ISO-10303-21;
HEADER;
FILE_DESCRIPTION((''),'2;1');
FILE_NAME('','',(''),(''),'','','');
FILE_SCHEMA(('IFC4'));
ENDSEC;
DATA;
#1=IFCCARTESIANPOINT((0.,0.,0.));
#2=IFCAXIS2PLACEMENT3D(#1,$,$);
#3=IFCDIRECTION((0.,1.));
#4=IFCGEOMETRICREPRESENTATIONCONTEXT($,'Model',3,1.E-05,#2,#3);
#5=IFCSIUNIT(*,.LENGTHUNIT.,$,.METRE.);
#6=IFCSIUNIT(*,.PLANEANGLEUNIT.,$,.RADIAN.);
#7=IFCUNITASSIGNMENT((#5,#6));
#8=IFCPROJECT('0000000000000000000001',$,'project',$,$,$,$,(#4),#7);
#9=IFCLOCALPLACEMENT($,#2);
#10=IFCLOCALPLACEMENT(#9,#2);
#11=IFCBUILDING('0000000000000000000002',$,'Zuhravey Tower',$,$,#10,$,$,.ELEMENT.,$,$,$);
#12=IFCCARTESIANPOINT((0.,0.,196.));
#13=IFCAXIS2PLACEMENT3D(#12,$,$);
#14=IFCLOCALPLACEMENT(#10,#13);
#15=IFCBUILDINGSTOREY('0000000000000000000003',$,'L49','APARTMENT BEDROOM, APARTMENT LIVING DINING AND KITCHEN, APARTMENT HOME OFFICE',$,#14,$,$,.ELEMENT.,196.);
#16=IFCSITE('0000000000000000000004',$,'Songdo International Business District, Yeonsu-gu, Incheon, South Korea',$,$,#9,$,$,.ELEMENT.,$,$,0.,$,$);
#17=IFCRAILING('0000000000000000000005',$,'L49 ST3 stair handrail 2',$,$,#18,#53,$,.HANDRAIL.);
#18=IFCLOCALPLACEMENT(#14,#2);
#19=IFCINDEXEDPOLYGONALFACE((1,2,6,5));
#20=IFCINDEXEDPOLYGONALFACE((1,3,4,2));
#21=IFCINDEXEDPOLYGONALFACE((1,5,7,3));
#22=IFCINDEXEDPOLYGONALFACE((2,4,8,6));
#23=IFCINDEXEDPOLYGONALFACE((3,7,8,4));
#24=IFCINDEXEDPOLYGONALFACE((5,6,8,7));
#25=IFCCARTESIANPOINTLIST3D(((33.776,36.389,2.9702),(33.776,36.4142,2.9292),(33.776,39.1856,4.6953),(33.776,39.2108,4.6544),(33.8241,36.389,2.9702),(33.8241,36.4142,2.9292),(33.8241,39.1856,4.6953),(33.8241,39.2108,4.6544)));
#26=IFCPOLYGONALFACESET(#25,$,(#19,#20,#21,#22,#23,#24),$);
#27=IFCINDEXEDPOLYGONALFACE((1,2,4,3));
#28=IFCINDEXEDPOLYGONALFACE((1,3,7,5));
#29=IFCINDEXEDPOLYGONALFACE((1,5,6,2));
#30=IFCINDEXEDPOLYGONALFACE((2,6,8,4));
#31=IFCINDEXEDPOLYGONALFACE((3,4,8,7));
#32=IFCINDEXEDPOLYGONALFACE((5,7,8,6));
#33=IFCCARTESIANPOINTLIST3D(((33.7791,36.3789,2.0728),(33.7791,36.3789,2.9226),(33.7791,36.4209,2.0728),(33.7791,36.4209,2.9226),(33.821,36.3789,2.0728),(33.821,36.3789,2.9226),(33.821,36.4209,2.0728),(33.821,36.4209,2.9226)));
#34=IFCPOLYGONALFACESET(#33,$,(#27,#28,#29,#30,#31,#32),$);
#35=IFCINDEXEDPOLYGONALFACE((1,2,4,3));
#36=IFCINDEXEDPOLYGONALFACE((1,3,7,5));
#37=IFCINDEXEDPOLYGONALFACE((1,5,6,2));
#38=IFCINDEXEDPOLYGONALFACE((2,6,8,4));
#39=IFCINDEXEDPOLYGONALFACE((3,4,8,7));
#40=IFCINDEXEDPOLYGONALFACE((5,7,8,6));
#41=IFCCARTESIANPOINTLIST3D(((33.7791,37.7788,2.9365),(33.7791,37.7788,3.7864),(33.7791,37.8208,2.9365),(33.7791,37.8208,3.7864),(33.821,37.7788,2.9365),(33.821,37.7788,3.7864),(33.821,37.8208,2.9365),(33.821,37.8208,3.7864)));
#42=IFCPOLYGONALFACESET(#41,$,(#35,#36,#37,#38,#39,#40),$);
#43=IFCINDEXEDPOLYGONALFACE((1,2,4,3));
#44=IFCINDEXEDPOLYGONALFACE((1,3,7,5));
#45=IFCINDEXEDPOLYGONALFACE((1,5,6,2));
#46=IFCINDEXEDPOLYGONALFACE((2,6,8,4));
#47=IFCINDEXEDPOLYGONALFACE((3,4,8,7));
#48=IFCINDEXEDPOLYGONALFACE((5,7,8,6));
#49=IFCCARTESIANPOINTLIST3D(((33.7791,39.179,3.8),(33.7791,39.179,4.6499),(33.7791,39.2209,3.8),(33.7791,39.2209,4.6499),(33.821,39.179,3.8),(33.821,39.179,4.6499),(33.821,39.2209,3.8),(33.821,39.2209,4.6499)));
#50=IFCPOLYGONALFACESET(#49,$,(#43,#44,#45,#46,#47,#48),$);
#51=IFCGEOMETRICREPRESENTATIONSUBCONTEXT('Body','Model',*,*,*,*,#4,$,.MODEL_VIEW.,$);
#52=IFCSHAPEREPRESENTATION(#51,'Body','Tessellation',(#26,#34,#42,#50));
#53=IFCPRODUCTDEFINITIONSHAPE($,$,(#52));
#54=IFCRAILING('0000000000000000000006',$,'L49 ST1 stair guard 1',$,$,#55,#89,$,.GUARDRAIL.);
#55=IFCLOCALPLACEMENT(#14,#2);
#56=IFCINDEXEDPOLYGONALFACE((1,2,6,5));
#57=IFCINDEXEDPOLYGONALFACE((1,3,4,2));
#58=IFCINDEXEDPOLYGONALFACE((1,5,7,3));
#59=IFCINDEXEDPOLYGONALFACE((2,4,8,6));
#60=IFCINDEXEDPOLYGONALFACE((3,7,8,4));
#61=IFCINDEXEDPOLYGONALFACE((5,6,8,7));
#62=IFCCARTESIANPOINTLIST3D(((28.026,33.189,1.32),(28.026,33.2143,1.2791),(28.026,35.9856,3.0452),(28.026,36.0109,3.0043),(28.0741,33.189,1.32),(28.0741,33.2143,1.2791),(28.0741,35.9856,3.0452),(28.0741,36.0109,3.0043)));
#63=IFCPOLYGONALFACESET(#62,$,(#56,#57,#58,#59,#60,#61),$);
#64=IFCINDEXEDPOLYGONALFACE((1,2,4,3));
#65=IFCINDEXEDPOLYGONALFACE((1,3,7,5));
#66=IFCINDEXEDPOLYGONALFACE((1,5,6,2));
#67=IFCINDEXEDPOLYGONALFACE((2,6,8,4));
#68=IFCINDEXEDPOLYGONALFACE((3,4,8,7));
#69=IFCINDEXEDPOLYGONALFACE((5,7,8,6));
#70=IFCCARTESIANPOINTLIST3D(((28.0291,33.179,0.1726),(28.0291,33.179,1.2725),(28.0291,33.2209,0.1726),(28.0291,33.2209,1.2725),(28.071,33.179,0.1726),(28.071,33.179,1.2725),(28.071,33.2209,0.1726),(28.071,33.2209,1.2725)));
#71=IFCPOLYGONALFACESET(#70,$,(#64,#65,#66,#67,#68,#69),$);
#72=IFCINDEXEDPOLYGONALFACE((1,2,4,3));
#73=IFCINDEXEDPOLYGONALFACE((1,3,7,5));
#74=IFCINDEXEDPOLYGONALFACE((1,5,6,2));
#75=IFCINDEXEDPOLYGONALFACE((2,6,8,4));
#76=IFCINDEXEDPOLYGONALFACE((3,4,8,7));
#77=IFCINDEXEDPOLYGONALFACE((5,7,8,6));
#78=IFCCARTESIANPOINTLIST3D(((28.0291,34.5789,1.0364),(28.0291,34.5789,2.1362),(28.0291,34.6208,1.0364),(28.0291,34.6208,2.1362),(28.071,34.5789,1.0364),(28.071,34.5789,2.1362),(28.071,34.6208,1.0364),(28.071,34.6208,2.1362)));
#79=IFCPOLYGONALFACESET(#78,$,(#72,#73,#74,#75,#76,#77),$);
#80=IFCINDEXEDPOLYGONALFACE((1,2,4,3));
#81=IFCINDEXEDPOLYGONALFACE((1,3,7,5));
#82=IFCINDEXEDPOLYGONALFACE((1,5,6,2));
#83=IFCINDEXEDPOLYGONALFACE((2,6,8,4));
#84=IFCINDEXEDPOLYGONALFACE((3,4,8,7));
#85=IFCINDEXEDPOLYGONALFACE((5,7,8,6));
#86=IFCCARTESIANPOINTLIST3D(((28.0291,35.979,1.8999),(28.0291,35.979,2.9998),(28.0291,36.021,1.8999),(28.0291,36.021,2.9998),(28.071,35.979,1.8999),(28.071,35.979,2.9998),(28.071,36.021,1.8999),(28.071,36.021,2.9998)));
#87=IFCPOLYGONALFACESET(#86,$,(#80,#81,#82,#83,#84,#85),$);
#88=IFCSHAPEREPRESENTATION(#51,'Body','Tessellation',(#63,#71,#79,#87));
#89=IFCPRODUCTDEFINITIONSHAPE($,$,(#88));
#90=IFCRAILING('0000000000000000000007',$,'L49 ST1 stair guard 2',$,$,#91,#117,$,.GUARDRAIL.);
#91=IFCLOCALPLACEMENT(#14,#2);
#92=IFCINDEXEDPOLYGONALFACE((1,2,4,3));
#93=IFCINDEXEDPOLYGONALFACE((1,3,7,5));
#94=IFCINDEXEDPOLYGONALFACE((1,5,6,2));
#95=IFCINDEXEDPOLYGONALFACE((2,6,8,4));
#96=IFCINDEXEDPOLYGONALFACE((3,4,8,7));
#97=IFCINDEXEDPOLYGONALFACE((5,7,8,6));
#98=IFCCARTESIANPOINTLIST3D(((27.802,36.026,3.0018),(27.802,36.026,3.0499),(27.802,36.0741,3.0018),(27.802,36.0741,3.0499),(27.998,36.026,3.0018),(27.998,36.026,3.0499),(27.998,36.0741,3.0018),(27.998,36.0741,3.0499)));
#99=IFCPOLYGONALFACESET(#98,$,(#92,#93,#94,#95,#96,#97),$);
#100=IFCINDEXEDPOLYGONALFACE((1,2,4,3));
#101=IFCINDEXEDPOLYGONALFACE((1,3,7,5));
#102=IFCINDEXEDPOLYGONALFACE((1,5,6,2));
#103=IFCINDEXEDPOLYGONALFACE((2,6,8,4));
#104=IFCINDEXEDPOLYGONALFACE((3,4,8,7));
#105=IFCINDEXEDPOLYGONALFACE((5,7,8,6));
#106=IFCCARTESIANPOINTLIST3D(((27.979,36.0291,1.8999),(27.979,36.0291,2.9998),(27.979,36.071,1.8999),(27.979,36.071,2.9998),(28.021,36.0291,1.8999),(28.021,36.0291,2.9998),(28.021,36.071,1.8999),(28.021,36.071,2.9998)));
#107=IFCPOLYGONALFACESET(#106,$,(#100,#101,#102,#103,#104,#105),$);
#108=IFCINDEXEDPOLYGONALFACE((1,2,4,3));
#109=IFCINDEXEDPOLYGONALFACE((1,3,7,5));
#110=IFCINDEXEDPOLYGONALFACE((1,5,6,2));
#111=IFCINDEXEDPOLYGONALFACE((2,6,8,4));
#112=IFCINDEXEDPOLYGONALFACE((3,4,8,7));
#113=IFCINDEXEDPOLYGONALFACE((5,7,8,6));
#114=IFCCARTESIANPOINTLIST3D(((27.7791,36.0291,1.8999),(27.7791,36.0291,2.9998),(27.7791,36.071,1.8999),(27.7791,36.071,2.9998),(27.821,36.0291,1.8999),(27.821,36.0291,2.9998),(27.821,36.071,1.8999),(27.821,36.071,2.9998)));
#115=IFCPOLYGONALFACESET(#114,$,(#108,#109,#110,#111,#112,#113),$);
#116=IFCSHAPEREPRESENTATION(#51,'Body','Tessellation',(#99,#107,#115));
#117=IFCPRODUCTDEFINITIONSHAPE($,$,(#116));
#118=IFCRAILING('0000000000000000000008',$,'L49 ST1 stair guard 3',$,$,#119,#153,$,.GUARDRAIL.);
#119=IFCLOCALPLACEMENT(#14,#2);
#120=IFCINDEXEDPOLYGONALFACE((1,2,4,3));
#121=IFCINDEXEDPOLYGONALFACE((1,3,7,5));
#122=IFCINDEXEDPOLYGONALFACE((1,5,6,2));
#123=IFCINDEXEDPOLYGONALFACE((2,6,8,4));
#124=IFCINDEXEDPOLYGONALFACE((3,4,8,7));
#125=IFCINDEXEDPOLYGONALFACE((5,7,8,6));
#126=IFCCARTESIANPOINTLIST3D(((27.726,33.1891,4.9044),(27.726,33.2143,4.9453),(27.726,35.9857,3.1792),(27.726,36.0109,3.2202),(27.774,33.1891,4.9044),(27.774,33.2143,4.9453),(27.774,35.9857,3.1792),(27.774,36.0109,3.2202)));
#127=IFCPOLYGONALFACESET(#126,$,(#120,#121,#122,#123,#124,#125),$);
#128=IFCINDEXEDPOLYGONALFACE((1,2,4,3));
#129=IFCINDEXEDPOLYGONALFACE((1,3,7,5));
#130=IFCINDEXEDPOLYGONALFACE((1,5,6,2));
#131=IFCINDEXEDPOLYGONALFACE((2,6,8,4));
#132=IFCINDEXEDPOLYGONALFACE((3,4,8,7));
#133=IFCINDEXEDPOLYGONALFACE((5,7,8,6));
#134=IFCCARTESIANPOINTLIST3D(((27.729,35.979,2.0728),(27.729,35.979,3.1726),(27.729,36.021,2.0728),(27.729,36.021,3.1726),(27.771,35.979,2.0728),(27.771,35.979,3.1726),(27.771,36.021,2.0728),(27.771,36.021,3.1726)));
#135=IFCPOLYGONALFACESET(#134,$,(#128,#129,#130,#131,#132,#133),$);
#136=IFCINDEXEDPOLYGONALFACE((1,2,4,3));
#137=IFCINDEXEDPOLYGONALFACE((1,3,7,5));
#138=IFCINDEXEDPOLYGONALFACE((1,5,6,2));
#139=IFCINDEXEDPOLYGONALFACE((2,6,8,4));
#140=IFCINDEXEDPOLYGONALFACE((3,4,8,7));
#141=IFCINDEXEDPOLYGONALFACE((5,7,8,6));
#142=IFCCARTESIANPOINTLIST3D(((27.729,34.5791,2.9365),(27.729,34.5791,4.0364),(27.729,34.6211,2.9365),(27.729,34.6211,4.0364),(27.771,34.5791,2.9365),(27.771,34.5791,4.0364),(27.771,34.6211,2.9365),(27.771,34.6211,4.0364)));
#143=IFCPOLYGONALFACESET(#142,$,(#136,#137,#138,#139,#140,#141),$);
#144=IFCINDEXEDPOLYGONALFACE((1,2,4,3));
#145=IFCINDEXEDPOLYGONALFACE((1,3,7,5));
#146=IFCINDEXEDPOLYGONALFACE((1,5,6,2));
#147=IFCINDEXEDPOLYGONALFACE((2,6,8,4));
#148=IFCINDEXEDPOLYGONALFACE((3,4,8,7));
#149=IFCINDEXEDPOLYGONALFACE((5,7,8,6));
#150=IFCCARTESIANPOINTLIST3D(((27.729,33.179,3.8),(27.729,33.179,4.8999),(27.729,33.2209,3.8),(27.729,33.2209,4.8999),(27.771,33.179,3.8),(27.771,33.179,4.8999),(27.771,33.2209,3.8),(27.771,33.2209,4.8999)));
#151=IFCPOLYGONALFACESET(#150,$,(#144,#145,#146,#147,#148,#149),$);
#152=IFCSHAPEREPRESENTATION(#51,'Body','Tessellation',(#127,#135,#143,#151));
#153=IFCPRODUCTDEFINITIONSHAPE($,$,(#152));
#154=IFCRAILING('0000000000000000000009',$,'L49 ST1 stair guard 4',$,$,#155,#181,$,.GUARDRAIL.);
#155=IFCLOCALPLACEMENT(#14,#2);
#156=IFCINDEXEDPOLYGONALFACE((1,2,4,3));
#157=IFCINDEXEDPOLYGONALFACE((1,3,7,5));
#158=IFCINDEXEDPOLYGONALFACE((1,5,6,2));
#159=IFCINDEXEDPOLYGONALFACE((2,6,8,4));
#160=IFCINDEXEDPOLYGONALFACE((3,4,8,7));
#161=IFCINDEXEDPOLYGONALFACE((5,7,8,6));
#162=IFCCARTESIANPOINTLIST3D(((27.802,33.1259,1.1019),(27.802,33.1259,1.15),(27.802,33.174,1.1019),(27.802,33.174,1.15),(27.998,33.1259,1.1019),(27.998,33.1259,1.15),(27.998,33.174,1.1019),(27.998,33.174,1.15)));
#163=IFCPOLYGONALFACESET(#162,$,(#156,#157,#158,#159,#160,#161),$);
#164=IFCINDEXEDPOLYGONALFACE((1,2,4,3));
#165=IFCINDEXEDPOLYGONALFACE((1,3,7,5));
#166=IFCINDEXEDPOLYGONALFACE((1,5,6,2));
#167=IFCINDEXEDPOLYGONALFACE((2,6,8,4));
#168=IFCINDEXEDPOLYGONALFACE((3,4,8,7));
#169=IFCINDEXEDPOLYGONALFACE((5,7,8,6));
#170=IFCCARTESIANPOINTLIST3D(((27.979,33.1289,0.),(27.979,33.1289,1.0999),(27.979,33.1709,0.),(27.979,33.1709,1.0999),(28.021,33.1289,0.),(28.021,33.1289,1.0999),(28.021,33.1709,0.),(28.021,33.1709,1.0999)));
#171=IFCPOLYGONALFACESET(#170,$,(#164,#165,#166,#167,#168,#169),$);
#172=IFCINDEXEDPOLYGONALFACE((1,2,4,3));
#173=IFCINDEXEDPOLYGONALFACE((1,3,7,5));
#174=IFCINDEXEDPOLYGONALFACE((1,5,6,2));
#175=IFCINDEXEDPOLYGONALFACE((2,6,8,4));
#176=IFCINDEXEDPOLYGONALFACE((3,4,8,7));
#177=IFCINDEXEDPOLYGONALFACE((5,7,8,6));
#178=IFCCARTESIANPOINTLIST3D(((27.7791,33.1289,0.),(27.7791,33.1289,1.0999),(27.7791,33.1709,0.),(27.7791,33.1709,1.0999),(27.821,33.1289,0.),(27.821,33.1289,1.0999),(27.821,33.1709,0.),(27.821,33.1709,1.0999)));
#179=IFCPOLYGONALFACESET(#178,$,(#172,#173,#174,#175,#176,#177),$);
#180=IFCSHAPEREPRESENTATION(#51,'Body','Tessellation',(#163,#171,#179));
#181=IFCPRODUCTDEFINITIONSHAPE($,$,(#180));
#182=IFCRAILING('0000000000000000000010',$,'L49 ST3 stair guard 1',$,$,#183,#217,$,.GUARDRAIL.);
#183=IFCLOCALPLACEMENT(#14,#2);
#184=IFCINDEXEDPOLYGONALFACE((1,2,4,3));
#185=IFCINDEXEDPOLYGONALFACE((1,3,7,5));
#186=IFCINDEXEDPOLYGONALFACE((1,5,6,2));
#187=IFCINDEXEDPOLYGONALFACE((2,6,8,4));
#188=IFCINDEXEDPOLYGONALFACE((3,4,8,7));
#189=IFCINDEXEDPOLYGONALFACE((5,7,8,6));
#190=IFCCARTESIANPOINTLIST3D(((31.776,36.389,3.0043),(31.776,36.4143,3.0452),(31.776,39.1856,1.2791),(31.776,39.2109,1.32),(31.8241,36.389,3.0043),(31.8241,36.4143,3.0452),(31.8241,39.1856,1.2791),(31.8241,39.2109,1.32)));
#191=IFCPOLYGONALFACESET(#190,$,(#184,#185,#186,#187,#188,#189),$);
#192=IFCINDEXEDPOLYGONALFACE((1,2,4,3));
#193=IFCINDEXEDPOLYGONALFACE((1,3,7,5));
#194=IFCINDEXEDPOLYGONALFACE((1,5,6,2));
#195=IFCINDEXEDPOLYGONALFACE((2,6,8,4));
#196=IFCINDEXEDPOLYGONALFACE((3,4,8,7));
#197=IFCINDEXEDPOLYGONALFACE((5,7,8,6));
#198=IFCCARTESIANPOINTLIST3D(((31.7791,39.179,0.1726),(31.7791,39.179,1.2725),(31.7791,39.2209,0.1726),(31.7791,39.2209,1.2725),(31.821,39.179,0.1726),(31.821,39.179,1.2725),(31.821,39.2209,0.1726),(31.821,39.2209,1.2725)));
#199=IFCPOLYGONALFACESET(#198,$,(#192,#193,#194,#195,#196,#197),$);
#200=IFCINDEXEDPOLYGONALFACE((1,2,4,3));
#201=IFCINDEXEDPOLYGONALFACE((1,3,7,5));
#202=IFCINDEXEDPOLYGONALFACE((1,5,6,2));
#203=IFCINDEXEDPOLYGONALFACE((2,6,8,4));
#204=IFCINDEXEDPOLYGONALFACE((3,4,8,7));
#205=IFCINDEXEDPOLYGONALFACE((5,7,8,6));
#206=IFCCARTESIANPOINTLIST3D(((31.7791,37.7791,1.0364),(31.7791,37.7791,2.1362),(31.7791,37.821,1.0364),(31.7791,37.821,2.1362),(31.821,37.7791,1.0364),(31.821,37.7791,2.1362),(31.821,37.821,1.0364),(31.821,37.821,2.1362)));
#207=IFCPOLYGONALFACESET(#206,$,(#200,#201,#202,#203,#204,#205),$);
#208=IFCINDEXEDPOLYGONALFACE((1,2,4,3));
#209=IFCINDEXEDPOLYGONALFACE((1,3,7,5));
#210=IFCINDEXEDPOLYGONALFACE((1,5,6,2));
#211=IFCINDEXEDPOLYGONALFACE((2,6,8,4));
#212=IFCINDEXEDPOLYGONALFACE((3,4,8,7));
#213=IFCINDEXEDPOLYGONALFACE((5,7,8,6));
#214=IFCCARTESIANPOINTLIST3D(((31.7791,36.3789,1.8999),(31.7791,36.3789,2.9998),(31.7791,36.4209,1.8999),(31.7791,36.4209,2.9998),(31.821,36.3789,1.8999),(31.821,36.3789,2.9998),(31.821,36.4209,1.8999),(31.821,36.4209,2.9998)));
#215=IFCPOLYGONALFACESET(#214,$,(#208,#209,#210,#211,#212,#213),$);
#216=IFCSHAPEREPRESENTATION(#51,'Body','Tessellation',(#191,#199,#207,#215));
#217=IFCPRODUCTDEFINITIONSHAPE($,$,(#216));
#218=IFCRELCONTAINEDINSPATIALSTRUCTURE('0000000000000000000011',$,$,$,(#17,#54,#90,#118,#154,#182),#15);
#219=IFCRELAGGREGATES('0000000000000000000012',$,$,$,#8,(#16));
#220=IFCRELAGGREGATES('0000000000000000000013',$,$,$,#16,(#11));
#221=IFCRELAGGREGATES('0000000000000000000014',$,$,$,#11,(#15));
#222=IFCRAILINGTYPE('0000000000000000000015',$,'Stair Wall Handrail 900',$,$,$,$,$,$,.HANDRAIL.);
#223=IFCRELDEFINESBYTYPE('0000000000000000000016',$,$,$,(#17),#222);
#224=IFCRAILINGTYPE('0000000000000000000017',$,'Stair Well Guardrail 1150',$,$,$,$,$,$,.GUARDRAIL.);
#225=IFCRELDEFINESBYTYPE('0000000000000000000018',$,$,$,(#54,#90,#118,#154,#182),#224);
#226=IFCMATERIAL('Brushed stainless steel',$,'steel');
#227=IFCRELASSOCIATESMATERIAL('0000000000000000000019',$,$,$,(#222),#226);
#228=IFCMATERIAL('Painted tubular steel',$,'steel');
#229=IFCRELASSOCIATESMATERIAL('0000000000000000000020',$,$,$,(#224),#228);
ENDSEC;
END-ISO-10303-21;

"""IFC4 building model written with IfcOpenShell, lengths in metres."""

from ifc_helpers import new_model, si_unit, direction, frame, origin, origin_2d, place, context, subcontext, project, spatial, rectangle, extrude, material, type_object, element, save


model = new_model("IFC4")

# Units and contexts
model_context = context("Model", 3, precision=1e-05, world=origin(), true_north=direction((0.0, 1.0)))
body_context = subcontext(model_context, "Body", "Model", "MODEL_VIEW")
ifc_project = project(units=[si_unit("LENGTHUNIT", "METRE"), si_unit("PLANEANGLEUNIT", "RADIAN")], contexts=[model_context])

# Site, building, storey
site_placement = place(None, origin())
site = spatial("IfcSite", under=ifc_project, at=site_placement, Name="Songdo International Business District, Yeonsu-gu, Incheon, South Korea", CompositionType="ELEMENT", RefElevation=0.0)
building_placement = place(site_placement, origin())
building = spatial("IfcBuilding", under=site, at=building_placement, Name="Zuhravey Tower", CompositionType="ELEMENT")
storey_placement = place(building_placement, frame((0.0, 0.0, 196.0)))
storey = spatial("IfcBuildingStorey", under=building, at=storey_placement, Name="L49", Description="APARTMENT BEDROOM, APARTMENT LIVING DINING AND KITCHEN, APARTMENT HOME OFFICE", CompositionType="ELEMENT", Elevation=196.0)

# Railings
ifc_material_1 = material(Name="Brushed stainless steel", Category="steel")
railing_type_1 = type_object("IfcRailingType", Name="Stair Wall Handrail 900", PredefinedType="HANDRAIL", material=ifc_material_1)
railing_1_placement = place(storey_placement, frame((33.8, 36.3999, 2.0728)))
element("IfcRailing", 1, at=railing_1_placement, inside=storey, type_object=railing_type_1, Name="L49 ST3 stair handrail 2", PredefinedType="HANDRAIL", context=body_context, shape_type="SweptSolid", body=[
    extrude(rectangle(XDim=0.0481, YDim=0.0481, at=origin_2d()), frame((0.0, 0.0017, 0.877), z_axis=(0.0, 0.85109, 0.52502), x_axis=(-1.0, 0.0, 0.0)), (0.0, 0.0, 1.0), 3.2859),
    extrude(rectangle(XDim=0.042, YDim=0.042, at=origin_2d()), origin(), (0.0, 0.0, 1.0), 0.8499),
    extrude(rectangle(XDim=0.042, YDim=0.042, at=origin_2d()), frame((0.0, 1.3999, 0.8638)), (0.0, 0.0, 1.0), 0.8499),
    extrude(rectangle(XDim=0.042, YDim=0.042, at=origin_2d()), frame((0.0, 2.8, 1.7273)), (0.0, 0.0, 1.0), 0.8499),
])
ifc_material_2 = material(Name="Painted tubular steel", Category="steel")
railing_type_2 = type_object("IfcRailingType", Name="Stair Well Guardrail 1150", PredefinedType="GUARDRAIL", material=ifc_material_2)
railing_2_placement = place(storey_placement, frame((28.05, 33.2, 0.1726)))
element("IfcRailing", 2, at=railing_2_placement, inside=storey, type_object=railing_type_2, Name="L49 ST1 stair guard 1", PredefinedType="GUARDRAIL", context=body_context, shape_type="SweptSolid", body=[
    extrude(rectangle(XDim=0.0481, YDim=0.0481, at=origin_2d()), frame((0.0, 0.0017, 1.127), z_axis=(0.0, 0.85109, 0.52502), x_axis=(-1.0, 0.0, 0.0)), (0.0, 0.0, 1.0), 3.2859),
    extrude(rectangle(XDim=0.042, YDim=0.042, at=origin_2d()), origin(), (0.0, 0.0, 1.0), 1.0999),
    extrude(rectangle(XDim=0.042, YDim=0.042, at=origin_2d()), frame((0.0, 1.3999, 0.8638)), (0.0, 0.0, 1.0), 1.0999),
    extrude(rectangle(XDim=0.042, YDim=0.042, at=origin_2d()), frame((0.0, 2.8, 1.7273)), (0.0, 0.0, 1.0), 1.0999),
])
railing_3_placement = place(storey_placement, frame((28.0, 36.05, 1.8999)))
element("IfcRailing", 3, at=railing_3_placement, inside=storey, type_object=railing_type_2, Name="L49 ST1 stair guard 2", PredefinedType="GUARDRAIL", context=body_context, shape_type="SweptSolid", body=[
    extrude(rectangle(XDim=0.0481, YDim=0.0481, at=origin_2d()), frame((-0.002, 0.0, 1.126), z_axis=(-1.0, 0.0, 0.0), x_axis=(0.0, -1.0, 0.0)), (0.0, 0.0, 1.0), 0.196),
    extrude(rectangle(XDim=0.042, YDim=0.042, at=origin_2d()), origin(), (0.0, 0.0, 1.0), 1.0999),
    extrude(rectangle(XDim=0.042, YDim=0.042, at=origin_2d()), frame((-0.2, 0.0, 0.0)), (0.0, 0.0, 1.0), 1.0999),
])
railing_4_placement = place(storey_placement, frame((27.75, 36.0, 2.0728)))
element("IfcRailing", 4, at=railing_4_placement, inside=storey, type_object=railing_type_2, Name="L49 ST1 stair guard 3", PredefinedType="GUARDRAIL", context=body_context, shape_type="SweptSolid", body=[
    extrude(rectangle(XDim=0.0481, YDim=0.0481, at=origin_2d()), frame((0.0, -0.0017, 1.127), z_axis=(0.0, -0.85109, 0.52502), x_axis=(1.0, 0.0, 0.0)), (0.0, 0.0, 1.0), 3.2859),
    extrude(rectangle(XDim=0.042, YDim=0.042, at=origin_2d()), origin(), (0.0, 0.0, 1.0), 1.0999),
    extrude(rectangle(XDim=0.042, YDim=0.042, at=origin_2d()), frame((0.0, -1.3999, 0.8638)), (0.0, 0.0, 1.0), 1.0999),
    extrude(rectangle(XDim=0.042, YDim=0.042, at=origin_2d()), frame((0.0, -2.8, 1.7273)), (0.0, 0.0, 1.0), 1.0999),
])
railing_5_placement = place(storey_placement, frame((28.0, 33.1499, 0.0)))
element("IfcRailing", 5, at=railing_5_placement, inside=storey, type_object=railing_type_2, Name="L49 ST1 stair guard 4", PredefinedType="GUARDRAIL", context=body_context, shape_type="SweptSolid", body=[
    extrude(rectangle(XDim=0.0481, YDim=0.0481, at=origin_2d()), frame((-0.002, 0.0, 1.126), z_axis=(-1.0, 0.0, 0.0), x_axis=(0.0, -1.0, 0.0)), (0.0, 0.0, 1.0), 0.196),
    extrude(rectangle(XDim=0.042, YDim=0.042, at=origin_2d()), origin(), (0.0, 0.0, 1.0), 1.0999),
    extrude(rectangle(XDim=0.042, YDim=0.042, at=origin_2d()), frame((-0.2, 0.0, 0.0)), (0.0, 0.0, 1.0), 1.0999),
])
railing_6_placement = place(storey_placement, frame((31.8, 39.2, 0.1726)))
element("IfcRailing", 6, at=railing_6_placement, inside=storey, type_object=railing_type_2, Name="L49 ST3 stair guard 1", PredefinedType="GUARDRAIL", context=body_context, shape_type="SweptSolid", body=[
    extrude(rectangle(XDim=0.0481, YDim=0.0481, at=origin_2d()), frame((0.0, -0.0017, 1.127), z_axis=(0.0, -0.85109, 0.52502), x_axis=(1.0, 0.0, 0.0)), (0.0, 0.0, 1.0), 3.2859),
    extrude(rectangle(XDim=0.042, YDim=0.042, at=origin_2d()), origin(), (0.0, 0.0, 1.0), 1.0999),
    extrude(rectangle(XDim=0.042, YDim=0.042, at=origin_2d()), frame((0.0, -1.3999, 0.8638)), (0.0, 0.0, 1.0), 1.0999),
    extrude(rectangle(XDim=0.042, YDim=0.042, at=origin_2d()), frame((0.0, -2.8, 1.7273)), (0.0, 0.0, 1.0), 1.0999),
])

save(model, "model.ifc")
